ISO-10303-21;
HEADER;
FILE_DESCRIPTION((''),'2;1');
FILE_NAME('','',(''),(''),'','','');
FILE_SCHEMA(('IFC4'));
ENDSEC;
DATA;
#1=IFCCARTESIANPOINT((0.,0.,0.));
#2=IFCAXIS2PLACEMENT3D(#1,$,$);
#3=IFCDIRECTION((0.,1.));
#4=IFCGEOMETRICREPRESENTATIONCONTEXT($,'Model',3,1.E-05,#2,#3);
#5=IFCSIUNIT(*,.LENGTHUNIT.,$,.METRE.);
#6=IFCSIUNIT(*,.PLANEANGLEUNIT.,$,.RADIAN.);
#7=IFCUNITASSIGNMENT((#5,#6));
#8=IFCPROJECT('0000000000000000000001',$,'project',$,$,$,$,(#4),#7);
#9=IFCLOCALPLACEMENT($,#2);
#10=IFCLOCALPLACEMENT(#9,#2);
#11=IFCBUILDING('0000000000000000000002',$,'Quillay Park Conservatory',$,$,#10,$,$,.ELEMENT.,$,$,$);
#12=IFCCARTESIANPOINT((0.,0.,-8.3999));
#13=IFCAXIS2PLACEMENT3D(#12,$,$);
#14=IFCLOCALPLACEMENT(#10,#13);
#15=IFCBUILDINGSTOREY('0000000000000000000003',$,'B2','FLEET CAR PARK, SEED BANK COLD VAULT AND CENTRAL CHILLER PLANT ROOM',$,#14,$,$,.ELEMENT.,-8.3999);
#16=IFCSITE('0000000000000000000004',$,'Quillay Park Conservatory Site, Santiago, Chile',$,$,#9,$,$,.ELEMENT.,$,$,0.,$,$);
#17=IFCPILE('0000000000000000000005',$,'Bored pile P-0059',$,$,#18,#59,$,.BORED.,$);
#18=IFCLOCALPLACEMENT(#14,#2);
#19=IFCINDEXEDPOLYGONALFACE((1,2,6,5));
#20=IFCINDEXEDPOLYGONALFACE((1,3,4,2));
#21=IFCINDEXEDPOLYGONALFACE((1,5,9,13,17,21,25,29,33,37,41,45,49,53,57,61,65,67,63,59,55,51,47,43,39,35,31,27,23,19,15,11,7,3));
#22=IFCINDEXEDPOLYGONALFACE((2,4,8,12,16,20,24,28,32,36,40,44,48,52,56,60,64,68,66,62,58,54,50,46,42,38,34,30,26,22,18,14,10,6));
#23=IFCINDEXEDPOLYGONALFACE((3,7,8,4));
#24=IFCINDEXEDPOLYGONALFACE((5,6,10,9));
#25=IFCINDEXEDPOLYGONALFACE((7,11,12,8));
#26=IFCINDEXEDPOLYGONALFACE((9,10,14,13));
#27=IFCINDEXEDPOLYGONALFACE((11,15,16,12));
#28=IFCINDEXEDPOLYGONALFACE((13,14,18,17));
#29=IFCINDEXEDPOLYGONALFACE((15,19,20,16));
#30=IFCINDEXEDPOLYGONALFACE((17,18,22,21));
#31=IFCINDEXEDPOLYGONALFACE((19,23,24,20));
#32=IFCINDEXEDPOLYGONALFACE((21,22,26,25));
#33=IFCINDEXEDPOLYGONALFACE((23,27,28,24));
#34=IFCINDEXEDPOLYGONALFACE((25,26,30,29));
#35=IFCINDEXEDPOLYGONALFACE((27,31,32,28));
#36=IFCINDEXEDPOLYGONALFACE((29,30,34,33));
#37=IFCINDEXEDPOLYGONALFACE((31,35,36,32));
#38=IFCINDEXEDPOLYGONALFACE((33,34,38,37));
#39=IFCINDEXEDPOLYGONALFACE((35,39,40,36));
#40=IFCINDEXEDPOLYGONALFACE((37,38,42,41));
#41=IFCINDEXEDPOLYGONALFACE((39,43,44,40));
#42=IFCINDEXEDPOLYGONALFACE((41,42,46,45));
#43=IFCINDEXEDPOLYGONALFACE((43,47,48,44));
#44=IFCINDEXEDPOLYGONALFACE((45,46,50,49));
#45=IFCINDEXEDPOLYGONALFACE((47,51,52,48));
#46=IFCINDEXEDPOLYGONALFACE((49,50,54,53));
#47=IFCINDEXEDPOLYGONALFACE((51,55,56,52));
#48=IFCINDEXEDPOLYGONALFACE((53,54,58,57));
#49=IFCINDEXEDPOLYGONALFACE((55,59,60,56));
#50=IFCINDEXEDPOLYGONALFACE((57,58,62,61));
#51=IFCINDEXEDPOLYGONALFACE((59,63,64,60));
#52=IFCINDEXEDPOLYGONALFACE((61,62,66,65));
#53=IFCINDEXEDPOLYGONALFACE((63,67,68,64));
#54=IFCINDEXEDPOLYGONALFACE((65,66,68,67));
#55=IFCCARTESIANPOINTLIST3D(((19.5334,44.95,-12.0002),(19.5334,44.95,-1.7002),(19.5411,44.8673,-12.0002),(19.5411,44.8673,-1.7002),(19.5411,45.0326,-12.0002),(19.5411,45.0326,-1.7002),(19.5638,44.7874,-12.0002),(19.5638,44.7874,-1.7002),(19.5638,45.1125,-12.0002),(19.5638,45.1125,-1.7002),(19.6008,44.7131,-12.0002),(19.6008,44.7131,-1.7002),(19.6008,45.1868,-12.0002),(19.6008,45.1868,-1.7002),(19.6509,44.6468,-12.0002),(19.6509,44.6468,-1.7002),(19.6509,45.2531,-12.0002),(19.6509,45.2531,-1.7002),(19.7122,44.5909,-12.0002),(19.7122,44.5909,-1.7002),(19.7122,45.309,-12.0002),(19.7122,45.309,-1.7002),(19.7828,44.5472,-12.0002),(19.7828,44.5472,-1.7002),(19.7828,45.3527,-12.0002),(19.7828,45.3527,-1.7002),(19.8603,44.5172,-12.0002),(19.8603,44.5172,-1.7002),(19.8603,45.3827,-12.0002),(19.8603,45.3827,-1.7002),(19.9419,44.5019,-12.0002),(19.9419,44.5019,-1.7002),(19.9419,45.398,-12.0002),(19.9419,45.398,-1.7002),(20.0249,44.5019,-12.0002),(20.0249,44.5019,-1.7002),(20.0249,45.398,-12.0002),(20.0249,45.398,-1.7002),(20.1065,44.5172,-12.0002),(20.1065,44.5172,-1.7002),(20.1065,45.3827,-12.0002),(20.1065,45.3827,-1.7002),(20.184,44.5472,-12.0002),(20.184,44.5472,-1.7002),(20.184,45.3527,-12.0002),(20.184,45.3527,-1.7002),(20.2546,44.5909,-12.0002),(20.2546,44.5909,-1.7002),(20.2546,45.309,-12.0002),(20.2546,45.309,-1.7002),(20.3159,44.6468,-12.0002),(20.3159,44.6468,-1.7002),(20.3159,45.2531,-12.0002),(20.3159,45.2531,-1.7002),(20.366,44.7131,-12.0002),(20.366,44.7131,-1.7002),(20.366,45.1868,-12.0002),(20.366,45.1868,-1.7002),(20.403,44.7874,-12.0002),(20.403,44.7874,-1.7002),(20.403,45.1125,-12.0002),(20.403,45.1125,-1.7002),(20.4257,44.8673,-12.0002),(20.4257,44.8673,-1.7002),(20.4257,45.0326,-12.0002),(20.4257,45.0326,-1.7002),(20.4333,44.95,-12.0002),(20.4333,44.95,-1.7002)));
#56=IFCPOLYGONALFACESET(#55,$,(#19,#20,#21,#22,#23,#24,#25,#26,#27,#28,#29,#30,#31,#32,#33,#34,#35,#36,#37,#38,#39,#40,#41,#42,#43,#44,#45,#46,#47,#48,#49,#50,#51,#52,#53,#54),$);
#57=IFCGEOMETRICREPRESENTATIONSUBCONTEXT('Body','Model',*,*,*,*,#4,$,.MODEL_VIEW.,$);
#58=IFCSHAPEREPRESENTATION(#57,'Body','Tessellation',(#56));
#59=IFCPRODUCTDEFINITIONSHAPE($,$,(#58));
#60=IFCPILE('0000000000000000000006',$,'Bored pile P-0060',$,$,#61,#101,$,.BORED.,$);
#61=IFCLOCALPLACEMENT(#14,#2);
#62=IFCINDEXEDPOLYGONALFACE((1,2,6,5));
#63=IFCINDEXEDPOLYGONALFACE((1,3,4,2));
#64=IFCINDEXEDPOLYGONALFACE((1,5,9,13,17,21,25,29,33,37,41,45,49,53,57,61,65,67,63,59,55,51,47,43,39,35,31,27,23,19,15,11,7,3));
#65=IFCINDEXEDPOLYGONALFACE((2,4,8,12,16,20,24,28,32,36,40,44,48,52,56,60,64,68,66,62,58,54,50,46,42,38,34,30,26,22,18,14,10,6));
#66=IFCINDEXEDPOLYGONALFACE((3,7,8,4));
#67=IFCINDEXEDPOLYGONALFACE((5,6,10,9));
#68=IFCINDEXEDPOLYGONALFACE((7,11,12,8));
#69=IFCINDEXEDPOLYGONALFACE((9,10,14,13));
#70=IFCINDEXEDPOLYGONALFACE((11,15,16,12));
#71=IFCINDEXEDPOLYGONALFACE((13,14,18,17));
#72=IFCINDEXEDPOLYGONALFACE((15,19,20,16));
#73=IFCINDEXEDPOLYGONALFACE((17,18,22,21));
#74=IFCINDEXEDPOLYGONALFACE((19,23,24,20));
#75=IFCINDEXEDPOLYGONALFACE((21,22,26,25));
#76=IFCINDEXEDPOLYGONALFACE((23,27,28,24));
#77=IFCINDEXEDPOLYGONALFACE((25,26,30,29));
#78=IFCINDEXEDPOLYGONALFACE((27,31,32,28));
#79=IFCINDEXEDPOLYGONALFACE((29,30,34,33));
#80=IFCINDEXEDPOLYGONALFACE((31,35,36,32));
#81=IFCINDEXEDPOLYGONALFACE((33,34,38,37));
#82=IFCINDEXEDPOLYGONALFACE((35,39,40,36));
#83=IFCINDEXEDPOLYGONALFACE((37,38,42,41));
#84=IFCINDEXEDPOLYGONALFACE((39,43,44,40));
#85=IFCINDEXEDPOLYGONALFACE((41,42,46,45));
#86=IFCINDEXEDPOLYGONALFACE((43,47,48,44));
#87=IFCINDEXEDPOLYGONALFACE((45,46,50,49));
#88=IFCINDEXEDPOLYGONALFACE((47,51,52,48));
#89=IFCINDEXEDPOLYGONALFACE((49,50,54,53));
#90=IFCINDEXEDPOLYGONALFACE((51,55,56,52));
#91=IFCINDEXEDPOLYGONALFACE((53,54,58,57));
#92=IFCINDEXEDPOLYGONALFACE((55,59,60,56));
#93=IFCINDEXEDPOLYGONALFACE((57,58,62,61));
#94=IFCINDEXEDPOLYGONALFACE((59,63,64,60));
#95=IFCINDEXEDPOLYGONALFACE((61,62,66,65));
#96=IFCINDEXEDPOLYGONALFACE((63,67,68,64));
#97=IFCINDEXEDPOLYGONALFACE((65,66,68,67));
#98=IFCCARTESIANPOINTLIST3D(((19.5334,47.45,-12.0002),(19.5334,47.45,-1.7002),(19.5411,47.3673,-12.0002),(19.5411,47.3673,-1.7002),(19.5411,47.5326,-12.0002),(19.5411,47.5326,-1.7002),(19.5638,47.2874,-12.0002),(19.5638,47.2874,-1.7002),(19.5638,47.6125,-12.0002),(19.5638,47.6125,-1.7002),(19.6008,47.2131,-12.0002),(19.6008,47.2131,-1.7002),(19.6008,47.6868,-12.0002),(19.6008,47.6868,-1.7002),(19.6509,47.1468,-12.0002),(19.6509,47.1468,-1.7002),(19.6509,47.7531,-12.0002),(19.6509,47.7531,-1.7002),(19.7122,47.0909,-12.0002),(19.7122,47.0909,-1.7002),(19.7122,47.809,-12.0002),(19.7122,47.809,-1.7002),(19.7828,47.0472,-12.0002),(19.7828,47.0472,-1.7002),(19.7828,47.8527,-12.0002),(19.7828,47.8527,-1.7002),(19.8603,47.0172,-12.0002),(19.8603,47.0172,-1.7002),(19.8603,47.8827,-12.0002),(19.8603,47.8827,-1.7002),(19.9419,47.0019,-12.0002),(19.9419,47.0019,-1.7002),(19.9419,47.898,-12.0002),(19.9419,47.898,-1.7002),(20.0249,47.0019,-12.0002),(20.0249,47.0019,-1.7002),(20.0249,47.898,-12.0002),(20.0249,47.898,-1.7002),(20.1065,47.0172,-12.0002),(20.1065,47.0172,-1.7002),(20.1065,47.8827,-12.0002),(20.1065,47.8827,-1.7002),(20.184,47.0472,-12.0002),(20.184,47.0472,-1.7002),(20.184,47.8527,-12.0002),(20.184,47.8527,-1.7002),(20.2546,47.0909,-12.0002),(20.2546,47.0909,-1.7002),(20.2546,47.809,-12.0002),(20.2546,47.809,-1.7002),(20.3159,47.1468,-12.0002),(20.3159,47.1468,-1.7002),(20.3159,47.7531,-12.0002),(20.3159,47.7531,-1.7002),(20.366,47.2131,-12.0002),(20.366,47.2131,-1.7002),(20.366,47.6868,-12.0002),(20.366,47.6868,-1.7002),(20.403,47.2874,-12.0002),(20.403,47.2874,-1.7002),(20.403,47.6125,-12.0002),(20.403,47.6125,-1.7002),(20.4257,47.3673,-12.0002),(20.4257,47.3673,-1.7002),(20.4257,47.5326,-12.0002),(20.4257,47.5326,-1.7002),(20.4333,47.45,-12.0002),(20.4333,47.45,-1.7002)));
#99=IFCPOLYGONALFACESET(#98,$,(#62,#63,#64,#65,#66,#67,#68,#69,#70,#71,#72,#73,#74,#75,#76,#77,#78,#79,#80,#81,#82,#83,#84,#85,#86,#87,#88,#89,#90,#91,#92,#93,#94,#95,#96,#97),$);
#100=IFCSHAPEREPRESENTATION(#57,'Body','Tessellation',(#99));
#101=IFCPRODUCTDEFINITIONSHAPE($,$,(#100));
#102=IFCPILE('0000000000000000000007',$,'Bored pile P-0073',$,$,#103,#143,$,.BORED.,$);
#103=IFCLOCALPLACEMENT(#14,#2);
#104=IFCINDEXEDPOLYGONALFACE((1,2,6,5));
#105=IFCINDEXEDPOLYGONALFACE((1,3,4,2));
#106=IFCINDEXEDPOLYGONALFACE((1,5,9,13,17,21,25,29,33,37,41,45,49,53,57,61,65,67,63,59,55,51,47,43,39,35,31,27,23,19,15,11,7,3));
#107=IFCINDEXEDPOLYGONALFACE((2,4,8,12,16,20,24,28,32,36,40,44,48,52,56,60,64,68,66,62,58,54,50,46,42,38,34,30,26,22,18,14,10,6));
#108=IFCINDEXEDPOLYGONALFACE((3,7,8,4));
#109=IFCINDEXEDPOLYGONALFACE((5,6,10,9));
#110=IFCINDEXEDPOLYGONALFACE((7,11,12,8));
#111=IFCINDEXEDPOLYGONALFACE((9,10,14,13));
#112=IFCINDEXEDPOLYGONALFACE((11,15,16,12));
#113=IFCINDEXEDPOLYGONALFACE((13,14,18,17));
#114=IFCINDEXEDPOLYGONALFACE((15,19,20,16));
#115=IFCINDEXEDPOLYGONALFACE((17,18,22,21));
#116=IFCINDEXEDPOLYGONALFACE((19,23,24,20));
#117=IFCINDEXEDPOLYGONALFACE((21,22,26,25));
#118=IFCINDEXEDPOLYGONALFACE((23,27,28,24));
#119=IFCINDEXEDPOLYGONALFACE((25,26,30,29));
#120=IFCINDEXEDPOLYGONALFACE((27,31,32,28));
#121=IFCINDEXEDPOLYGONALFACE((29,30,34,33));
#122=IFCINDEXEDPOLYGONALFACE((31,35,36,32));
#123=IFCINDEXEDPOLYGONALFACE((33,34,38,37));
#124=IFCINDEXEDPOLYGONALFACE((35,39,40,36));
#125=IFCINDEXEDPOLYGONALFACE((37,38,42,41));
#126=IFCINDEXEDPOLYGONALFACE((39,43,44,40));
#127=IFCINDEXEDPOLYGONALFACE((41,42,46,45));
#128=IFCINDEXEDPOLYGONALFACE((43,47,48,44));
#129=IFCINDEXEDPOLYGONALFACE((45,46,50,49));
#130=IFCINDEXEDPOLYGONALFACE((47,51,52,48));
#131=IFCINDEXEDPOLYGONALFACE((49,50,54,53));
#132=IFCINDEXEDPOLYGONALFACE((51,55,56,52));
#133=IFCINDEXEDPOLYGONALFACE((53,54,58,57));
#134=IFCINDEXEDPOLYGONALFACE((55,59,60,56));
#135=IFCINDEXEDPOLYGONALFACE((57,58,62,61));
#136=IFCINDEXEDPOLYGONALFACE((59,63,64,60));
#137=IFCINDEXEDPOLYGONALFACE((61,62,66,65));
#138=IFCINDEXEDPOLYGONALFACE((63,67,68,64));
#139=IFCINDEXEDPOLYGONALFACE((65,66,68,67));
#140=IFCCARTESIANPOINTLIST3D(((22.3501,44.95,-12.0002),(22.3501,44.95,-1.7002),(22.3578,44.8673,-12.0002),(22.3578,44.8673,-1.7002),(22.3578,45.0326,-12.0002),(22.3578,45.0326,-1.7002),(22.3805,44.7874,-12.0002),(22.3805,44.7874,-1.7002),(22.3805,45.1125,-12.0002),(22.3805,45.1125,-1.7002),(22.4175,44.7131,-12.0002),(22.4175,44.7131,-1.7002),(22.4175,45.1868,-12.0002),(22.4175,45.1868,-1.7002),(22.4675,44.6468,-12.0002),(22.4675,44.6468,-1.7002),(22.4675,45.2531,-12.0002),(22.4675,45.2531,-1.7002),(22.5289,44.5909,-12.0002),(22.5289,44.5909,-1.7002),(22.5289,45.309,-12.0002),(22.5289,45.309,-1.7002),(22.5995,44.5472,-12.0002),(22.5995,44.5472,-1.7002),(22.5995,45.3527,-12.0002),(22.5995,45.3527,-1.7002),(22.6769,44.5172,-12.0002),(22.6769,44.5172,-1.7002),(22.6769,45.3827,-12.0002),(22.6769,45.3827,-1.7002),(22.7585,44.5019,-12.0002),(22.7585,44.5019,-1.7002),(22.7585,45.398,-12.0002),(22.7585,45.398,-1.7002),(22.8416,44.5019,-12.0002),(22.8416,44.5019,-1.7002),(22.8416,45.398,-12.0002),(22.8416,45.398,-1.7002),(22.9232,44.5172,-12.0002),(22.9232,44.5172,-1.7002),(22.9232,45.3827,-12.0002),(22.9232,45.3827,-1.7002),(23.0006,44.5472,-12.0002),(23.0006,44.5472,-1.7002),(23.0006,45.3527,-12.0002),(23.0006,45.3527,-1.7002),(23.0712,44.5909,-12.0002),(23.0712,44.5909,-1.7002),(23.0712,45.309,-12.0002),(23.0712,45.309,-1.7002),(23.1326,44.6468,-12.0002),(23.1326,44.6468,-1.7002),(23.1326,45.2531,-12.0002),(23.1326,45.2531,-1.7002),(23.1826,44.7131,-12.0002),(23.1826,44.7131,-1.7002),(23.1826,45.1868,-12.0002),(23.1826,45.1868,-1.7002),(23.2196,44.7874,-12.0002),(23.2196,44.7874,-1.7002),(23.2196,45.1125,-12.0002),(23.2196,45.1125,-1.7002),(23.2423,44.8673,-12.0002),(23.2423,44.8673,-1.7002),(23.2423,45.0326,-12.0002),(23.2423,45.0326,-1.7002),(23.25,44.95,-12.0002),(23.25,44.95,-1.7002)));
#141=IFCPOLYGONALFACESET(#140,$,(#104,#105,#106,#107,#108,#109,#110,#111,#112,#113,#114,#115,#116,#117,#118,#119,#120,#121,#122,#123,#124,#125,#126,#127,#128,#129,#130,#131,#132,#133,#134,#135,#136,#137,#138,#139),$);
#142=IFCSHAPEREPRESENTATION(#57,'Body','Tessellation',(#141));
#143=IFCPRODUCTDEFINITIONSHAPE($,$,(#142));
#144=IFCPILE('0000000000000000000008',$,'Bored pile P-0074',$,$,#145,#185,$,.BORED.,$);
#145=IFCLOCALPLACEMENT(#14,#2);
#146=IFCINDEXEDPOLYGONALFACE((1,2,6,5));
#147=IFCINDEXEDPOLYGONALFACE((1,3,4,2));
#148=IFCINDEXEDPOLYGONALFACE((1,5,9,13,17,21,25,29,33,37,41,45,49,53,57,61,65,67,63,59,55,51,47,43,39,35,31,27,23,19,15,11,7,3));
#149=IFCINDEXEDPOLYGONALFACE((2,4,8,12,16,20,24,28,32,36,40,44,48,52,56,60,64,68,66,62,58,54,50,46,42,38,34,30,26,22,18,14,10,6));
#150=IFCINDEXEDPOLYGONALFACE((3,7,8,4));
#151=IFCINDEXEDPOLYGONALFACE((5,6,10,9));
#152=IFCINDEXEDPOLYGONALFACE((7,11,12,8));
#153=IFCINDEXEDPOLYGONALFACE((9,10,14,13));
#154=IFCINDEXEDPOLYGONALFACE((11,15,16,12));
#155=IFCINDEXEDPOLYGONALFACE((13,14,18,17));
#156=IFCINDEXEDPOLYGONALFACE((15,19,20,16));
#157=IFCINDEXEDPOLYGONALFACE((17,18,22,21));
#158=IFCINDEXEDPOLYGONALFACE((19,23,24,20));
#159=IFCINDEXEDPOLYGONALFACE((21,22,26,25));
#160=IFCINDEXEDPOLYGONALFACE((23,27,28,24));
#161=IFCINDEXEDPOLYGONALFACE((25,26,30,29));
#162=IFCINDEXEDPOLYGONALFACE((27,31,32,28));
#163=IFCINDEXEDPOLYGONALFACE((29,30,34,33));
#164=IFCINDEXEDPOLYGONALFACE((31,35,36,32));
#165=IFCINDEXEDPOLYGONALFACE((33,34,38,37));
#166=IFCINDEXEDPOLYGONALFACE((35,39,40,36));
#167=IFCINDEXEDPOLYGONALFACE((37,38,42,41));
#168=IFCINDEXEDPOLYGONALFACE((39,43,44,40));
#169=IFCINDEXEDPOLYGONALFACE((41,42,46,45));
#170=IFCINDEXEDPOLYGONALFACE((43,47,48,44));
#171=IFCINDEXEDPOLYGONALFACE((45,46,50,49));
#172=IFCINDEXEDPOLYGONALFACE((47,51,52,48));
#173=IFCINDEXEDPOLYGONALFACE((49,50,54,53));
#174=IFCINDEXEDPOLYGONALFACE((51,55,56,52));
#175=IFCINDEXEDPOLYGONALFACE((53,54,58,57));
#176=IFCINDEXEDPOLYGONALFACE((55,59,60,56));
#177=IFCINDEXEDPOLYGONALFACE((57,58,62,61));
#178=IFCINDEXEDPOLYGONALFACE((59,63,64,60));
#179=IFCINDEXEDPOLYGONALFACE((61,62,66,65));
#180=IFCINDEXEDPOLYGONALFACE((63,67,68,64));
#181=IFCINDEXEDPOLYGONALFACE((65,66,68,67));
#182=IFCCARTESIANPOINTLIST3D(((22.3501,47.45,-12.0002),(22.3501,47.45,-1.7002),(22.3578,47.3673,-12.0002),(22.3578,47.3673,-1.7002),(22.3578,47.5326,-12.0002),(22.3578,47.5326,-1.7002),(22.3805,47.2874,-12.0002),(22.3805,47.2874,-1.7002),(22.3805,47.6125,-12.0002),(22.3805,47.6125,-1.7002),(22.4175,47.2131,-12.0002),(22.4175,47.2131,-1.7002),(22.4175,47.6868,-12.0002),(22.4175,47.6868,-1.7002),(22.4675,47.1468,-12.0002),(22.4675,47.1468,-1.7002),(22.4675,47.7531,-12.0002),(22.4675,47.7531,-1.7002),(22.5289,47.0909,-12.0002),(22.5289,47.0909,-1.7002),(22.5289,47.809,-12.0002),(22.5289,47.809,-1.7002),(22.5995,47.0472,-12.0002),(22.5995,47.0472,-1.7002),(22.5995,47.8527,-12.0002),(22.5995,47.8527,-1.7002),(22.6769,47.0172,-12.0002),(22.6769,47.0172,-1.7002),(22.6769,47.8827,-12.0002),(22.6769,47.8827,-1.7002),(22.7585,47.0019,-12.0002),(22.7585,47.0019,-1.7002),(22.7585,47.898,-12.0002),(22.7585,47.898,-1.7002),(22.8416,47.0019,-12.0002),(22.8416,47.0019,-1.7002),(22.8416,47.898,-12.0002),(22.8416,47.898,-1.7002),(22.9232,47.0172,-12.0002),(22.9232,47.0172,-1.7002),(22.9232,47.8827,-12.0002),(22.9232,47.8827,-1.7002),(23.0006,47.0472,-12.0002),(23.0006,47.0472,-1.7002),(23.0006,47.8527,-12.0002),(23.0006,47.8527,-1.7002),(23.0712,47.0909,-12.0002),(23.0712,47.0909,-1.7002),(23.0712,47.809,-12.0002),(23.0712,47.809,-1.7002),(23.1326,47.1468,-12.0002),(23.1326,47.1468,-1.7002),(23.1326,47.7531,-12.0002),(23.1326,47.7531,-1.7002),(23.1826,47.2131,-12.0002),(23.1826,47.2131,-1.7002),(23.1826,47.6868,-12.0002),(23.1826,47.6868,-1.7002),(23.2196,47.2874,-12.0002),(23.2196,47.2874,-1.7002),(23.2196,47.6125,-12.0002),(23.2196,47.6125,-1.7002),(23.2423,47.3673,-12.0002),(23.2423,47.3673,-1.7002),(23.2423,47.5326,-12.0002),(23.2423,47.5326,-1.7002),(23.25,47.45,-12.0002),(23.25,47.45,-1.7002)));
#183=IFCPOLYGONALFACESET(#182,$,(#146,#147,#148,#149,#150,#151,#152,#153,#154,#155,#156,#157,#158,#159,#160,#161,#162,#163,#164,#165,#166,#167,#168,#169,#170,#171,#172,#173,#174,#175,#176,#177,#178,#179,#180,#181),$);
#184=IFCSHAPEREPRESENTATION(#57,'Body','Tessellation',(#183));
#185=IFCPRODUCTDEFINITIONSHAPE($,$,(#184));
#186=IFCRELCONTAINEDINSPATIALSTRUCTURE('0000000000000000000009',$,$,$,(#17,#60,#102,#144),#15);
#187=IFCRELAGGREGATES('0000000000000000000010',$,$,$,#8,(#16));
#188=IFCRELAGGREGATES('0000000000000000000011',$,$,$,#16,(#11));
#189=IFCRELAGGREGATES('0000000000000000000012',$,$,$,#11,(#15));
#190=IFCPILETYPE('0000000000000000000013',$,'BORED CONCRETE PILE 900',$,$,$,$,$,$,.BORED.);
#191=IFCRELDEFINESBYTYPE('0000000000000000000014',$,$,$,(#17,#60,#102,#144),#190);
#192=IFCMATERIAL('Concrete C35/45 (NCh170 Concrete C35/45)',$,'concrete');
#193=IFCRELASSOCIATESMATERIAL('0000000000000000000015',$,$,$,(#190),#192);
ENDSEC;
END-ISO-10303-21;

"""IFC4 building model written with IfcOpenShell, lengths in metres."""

from ifc_helpers import new_model, si_unit, direction, frame, origin, origin_2d, place, context, subcontext, project, spatial, circle, extrude, material, material_profile, profile_set, type_object, element, save


model = new_model("IFC4")

# Units and contexts
model_context = context("Model", 3, precision=1e-05, world=origin(), true_north=direction((0.0, 1.0)))
body_context = subcontext(model_context, "Body", "Model", "MODEL_VIEW")
ifc_project = project(units=[si_unit("LENGTHUNIT", "METRE"), si_unit("PLANEANGLEUNIT", "RADIAN")], contexts=[model_context])

# Site, building, storey
site_placement = place(None, origin())
site = spatial("IfcSite", under=ifc_project, at=site_placement, Name="Quillay Park Conservatory Site, Santiago, Chile", CompositionType="ELEMENT", RefElevation=0.0)
building_placement = place(site_placement, origin())
building = spatial("IfcBuilding", under=site, at=building_placement, Name="Quillay Park Conservatory", CompositionType="ELEMENT")
storey_placement = place(building_placement, frame((0.0, 0.0, -8.3999)))
storey = spatial("IfcBuildingStorey", under=building, at=storey_placement, Name="B2", Description="FLEET CAR PARK, SEED BANK COLD VAULT AND CENTRAL CHILLER PLANT ROOM", CompositionType="ELEMENT", Elevation=-8.3999)

# Piles
ifc_material_1 = material(Name="Concrete C35/45 (NCh170 Concrete C35/45)", Category="concrete")
ifc_material_profile_1 = material_profile(ifc_material_1, circle(Radius=0.45, at=origin_2d()), Name="PILE900")
ifc_profile_set_1 = profile_set([ifc_material_profile_1], Name="Concrete C35/45 (NCh170 Concrete C35/45)")
pile_type_1 = type_object("IfcPileType", Name="BORED CONCRETE PILE 900", PredefinedType="BORED", material=ifc_profile_set_1)
for number, where, z_axis, x_axis, name in (
    (1, (19.9834, 44.95, -1.7002), (0.0, 0.0, -1.0), (1.0, 0.0, 0.0), "Bored pile P-0059"),
    (2, (19.9834, 47.45, -1.7002), (0.0, 0.0, -1.0), (1.0, 0.0, 0.0), "Bored pile P-0060"),
    (3, (22.8, 44.95, -1.7002), (0.0, 0.0, -1.0), (1.0, 0.0, 0.0), "Bored pile P-0073"),
    (4, (22.8, 47.45, -1.7002), (0.0, 0.0, -1.0), (1.0, 0.0, 0.0), "Bored pile P-0074"),
):
    element("IfcPile", number, at=place(storey_placement, frame(where, z_axis=z_axis, x_axis=x_axis)), inside=storey, type_object=pile_type_1, Name=name, PredefinedType="BORED", context=body_context, shape_type="SweptSolid", body=[
        extrude(circle(Radius=0.45, at=origin_2d()), origin(), (0.0, 0.0, 1.0), 10.3),
    ])

save(model, "model.ifc")
